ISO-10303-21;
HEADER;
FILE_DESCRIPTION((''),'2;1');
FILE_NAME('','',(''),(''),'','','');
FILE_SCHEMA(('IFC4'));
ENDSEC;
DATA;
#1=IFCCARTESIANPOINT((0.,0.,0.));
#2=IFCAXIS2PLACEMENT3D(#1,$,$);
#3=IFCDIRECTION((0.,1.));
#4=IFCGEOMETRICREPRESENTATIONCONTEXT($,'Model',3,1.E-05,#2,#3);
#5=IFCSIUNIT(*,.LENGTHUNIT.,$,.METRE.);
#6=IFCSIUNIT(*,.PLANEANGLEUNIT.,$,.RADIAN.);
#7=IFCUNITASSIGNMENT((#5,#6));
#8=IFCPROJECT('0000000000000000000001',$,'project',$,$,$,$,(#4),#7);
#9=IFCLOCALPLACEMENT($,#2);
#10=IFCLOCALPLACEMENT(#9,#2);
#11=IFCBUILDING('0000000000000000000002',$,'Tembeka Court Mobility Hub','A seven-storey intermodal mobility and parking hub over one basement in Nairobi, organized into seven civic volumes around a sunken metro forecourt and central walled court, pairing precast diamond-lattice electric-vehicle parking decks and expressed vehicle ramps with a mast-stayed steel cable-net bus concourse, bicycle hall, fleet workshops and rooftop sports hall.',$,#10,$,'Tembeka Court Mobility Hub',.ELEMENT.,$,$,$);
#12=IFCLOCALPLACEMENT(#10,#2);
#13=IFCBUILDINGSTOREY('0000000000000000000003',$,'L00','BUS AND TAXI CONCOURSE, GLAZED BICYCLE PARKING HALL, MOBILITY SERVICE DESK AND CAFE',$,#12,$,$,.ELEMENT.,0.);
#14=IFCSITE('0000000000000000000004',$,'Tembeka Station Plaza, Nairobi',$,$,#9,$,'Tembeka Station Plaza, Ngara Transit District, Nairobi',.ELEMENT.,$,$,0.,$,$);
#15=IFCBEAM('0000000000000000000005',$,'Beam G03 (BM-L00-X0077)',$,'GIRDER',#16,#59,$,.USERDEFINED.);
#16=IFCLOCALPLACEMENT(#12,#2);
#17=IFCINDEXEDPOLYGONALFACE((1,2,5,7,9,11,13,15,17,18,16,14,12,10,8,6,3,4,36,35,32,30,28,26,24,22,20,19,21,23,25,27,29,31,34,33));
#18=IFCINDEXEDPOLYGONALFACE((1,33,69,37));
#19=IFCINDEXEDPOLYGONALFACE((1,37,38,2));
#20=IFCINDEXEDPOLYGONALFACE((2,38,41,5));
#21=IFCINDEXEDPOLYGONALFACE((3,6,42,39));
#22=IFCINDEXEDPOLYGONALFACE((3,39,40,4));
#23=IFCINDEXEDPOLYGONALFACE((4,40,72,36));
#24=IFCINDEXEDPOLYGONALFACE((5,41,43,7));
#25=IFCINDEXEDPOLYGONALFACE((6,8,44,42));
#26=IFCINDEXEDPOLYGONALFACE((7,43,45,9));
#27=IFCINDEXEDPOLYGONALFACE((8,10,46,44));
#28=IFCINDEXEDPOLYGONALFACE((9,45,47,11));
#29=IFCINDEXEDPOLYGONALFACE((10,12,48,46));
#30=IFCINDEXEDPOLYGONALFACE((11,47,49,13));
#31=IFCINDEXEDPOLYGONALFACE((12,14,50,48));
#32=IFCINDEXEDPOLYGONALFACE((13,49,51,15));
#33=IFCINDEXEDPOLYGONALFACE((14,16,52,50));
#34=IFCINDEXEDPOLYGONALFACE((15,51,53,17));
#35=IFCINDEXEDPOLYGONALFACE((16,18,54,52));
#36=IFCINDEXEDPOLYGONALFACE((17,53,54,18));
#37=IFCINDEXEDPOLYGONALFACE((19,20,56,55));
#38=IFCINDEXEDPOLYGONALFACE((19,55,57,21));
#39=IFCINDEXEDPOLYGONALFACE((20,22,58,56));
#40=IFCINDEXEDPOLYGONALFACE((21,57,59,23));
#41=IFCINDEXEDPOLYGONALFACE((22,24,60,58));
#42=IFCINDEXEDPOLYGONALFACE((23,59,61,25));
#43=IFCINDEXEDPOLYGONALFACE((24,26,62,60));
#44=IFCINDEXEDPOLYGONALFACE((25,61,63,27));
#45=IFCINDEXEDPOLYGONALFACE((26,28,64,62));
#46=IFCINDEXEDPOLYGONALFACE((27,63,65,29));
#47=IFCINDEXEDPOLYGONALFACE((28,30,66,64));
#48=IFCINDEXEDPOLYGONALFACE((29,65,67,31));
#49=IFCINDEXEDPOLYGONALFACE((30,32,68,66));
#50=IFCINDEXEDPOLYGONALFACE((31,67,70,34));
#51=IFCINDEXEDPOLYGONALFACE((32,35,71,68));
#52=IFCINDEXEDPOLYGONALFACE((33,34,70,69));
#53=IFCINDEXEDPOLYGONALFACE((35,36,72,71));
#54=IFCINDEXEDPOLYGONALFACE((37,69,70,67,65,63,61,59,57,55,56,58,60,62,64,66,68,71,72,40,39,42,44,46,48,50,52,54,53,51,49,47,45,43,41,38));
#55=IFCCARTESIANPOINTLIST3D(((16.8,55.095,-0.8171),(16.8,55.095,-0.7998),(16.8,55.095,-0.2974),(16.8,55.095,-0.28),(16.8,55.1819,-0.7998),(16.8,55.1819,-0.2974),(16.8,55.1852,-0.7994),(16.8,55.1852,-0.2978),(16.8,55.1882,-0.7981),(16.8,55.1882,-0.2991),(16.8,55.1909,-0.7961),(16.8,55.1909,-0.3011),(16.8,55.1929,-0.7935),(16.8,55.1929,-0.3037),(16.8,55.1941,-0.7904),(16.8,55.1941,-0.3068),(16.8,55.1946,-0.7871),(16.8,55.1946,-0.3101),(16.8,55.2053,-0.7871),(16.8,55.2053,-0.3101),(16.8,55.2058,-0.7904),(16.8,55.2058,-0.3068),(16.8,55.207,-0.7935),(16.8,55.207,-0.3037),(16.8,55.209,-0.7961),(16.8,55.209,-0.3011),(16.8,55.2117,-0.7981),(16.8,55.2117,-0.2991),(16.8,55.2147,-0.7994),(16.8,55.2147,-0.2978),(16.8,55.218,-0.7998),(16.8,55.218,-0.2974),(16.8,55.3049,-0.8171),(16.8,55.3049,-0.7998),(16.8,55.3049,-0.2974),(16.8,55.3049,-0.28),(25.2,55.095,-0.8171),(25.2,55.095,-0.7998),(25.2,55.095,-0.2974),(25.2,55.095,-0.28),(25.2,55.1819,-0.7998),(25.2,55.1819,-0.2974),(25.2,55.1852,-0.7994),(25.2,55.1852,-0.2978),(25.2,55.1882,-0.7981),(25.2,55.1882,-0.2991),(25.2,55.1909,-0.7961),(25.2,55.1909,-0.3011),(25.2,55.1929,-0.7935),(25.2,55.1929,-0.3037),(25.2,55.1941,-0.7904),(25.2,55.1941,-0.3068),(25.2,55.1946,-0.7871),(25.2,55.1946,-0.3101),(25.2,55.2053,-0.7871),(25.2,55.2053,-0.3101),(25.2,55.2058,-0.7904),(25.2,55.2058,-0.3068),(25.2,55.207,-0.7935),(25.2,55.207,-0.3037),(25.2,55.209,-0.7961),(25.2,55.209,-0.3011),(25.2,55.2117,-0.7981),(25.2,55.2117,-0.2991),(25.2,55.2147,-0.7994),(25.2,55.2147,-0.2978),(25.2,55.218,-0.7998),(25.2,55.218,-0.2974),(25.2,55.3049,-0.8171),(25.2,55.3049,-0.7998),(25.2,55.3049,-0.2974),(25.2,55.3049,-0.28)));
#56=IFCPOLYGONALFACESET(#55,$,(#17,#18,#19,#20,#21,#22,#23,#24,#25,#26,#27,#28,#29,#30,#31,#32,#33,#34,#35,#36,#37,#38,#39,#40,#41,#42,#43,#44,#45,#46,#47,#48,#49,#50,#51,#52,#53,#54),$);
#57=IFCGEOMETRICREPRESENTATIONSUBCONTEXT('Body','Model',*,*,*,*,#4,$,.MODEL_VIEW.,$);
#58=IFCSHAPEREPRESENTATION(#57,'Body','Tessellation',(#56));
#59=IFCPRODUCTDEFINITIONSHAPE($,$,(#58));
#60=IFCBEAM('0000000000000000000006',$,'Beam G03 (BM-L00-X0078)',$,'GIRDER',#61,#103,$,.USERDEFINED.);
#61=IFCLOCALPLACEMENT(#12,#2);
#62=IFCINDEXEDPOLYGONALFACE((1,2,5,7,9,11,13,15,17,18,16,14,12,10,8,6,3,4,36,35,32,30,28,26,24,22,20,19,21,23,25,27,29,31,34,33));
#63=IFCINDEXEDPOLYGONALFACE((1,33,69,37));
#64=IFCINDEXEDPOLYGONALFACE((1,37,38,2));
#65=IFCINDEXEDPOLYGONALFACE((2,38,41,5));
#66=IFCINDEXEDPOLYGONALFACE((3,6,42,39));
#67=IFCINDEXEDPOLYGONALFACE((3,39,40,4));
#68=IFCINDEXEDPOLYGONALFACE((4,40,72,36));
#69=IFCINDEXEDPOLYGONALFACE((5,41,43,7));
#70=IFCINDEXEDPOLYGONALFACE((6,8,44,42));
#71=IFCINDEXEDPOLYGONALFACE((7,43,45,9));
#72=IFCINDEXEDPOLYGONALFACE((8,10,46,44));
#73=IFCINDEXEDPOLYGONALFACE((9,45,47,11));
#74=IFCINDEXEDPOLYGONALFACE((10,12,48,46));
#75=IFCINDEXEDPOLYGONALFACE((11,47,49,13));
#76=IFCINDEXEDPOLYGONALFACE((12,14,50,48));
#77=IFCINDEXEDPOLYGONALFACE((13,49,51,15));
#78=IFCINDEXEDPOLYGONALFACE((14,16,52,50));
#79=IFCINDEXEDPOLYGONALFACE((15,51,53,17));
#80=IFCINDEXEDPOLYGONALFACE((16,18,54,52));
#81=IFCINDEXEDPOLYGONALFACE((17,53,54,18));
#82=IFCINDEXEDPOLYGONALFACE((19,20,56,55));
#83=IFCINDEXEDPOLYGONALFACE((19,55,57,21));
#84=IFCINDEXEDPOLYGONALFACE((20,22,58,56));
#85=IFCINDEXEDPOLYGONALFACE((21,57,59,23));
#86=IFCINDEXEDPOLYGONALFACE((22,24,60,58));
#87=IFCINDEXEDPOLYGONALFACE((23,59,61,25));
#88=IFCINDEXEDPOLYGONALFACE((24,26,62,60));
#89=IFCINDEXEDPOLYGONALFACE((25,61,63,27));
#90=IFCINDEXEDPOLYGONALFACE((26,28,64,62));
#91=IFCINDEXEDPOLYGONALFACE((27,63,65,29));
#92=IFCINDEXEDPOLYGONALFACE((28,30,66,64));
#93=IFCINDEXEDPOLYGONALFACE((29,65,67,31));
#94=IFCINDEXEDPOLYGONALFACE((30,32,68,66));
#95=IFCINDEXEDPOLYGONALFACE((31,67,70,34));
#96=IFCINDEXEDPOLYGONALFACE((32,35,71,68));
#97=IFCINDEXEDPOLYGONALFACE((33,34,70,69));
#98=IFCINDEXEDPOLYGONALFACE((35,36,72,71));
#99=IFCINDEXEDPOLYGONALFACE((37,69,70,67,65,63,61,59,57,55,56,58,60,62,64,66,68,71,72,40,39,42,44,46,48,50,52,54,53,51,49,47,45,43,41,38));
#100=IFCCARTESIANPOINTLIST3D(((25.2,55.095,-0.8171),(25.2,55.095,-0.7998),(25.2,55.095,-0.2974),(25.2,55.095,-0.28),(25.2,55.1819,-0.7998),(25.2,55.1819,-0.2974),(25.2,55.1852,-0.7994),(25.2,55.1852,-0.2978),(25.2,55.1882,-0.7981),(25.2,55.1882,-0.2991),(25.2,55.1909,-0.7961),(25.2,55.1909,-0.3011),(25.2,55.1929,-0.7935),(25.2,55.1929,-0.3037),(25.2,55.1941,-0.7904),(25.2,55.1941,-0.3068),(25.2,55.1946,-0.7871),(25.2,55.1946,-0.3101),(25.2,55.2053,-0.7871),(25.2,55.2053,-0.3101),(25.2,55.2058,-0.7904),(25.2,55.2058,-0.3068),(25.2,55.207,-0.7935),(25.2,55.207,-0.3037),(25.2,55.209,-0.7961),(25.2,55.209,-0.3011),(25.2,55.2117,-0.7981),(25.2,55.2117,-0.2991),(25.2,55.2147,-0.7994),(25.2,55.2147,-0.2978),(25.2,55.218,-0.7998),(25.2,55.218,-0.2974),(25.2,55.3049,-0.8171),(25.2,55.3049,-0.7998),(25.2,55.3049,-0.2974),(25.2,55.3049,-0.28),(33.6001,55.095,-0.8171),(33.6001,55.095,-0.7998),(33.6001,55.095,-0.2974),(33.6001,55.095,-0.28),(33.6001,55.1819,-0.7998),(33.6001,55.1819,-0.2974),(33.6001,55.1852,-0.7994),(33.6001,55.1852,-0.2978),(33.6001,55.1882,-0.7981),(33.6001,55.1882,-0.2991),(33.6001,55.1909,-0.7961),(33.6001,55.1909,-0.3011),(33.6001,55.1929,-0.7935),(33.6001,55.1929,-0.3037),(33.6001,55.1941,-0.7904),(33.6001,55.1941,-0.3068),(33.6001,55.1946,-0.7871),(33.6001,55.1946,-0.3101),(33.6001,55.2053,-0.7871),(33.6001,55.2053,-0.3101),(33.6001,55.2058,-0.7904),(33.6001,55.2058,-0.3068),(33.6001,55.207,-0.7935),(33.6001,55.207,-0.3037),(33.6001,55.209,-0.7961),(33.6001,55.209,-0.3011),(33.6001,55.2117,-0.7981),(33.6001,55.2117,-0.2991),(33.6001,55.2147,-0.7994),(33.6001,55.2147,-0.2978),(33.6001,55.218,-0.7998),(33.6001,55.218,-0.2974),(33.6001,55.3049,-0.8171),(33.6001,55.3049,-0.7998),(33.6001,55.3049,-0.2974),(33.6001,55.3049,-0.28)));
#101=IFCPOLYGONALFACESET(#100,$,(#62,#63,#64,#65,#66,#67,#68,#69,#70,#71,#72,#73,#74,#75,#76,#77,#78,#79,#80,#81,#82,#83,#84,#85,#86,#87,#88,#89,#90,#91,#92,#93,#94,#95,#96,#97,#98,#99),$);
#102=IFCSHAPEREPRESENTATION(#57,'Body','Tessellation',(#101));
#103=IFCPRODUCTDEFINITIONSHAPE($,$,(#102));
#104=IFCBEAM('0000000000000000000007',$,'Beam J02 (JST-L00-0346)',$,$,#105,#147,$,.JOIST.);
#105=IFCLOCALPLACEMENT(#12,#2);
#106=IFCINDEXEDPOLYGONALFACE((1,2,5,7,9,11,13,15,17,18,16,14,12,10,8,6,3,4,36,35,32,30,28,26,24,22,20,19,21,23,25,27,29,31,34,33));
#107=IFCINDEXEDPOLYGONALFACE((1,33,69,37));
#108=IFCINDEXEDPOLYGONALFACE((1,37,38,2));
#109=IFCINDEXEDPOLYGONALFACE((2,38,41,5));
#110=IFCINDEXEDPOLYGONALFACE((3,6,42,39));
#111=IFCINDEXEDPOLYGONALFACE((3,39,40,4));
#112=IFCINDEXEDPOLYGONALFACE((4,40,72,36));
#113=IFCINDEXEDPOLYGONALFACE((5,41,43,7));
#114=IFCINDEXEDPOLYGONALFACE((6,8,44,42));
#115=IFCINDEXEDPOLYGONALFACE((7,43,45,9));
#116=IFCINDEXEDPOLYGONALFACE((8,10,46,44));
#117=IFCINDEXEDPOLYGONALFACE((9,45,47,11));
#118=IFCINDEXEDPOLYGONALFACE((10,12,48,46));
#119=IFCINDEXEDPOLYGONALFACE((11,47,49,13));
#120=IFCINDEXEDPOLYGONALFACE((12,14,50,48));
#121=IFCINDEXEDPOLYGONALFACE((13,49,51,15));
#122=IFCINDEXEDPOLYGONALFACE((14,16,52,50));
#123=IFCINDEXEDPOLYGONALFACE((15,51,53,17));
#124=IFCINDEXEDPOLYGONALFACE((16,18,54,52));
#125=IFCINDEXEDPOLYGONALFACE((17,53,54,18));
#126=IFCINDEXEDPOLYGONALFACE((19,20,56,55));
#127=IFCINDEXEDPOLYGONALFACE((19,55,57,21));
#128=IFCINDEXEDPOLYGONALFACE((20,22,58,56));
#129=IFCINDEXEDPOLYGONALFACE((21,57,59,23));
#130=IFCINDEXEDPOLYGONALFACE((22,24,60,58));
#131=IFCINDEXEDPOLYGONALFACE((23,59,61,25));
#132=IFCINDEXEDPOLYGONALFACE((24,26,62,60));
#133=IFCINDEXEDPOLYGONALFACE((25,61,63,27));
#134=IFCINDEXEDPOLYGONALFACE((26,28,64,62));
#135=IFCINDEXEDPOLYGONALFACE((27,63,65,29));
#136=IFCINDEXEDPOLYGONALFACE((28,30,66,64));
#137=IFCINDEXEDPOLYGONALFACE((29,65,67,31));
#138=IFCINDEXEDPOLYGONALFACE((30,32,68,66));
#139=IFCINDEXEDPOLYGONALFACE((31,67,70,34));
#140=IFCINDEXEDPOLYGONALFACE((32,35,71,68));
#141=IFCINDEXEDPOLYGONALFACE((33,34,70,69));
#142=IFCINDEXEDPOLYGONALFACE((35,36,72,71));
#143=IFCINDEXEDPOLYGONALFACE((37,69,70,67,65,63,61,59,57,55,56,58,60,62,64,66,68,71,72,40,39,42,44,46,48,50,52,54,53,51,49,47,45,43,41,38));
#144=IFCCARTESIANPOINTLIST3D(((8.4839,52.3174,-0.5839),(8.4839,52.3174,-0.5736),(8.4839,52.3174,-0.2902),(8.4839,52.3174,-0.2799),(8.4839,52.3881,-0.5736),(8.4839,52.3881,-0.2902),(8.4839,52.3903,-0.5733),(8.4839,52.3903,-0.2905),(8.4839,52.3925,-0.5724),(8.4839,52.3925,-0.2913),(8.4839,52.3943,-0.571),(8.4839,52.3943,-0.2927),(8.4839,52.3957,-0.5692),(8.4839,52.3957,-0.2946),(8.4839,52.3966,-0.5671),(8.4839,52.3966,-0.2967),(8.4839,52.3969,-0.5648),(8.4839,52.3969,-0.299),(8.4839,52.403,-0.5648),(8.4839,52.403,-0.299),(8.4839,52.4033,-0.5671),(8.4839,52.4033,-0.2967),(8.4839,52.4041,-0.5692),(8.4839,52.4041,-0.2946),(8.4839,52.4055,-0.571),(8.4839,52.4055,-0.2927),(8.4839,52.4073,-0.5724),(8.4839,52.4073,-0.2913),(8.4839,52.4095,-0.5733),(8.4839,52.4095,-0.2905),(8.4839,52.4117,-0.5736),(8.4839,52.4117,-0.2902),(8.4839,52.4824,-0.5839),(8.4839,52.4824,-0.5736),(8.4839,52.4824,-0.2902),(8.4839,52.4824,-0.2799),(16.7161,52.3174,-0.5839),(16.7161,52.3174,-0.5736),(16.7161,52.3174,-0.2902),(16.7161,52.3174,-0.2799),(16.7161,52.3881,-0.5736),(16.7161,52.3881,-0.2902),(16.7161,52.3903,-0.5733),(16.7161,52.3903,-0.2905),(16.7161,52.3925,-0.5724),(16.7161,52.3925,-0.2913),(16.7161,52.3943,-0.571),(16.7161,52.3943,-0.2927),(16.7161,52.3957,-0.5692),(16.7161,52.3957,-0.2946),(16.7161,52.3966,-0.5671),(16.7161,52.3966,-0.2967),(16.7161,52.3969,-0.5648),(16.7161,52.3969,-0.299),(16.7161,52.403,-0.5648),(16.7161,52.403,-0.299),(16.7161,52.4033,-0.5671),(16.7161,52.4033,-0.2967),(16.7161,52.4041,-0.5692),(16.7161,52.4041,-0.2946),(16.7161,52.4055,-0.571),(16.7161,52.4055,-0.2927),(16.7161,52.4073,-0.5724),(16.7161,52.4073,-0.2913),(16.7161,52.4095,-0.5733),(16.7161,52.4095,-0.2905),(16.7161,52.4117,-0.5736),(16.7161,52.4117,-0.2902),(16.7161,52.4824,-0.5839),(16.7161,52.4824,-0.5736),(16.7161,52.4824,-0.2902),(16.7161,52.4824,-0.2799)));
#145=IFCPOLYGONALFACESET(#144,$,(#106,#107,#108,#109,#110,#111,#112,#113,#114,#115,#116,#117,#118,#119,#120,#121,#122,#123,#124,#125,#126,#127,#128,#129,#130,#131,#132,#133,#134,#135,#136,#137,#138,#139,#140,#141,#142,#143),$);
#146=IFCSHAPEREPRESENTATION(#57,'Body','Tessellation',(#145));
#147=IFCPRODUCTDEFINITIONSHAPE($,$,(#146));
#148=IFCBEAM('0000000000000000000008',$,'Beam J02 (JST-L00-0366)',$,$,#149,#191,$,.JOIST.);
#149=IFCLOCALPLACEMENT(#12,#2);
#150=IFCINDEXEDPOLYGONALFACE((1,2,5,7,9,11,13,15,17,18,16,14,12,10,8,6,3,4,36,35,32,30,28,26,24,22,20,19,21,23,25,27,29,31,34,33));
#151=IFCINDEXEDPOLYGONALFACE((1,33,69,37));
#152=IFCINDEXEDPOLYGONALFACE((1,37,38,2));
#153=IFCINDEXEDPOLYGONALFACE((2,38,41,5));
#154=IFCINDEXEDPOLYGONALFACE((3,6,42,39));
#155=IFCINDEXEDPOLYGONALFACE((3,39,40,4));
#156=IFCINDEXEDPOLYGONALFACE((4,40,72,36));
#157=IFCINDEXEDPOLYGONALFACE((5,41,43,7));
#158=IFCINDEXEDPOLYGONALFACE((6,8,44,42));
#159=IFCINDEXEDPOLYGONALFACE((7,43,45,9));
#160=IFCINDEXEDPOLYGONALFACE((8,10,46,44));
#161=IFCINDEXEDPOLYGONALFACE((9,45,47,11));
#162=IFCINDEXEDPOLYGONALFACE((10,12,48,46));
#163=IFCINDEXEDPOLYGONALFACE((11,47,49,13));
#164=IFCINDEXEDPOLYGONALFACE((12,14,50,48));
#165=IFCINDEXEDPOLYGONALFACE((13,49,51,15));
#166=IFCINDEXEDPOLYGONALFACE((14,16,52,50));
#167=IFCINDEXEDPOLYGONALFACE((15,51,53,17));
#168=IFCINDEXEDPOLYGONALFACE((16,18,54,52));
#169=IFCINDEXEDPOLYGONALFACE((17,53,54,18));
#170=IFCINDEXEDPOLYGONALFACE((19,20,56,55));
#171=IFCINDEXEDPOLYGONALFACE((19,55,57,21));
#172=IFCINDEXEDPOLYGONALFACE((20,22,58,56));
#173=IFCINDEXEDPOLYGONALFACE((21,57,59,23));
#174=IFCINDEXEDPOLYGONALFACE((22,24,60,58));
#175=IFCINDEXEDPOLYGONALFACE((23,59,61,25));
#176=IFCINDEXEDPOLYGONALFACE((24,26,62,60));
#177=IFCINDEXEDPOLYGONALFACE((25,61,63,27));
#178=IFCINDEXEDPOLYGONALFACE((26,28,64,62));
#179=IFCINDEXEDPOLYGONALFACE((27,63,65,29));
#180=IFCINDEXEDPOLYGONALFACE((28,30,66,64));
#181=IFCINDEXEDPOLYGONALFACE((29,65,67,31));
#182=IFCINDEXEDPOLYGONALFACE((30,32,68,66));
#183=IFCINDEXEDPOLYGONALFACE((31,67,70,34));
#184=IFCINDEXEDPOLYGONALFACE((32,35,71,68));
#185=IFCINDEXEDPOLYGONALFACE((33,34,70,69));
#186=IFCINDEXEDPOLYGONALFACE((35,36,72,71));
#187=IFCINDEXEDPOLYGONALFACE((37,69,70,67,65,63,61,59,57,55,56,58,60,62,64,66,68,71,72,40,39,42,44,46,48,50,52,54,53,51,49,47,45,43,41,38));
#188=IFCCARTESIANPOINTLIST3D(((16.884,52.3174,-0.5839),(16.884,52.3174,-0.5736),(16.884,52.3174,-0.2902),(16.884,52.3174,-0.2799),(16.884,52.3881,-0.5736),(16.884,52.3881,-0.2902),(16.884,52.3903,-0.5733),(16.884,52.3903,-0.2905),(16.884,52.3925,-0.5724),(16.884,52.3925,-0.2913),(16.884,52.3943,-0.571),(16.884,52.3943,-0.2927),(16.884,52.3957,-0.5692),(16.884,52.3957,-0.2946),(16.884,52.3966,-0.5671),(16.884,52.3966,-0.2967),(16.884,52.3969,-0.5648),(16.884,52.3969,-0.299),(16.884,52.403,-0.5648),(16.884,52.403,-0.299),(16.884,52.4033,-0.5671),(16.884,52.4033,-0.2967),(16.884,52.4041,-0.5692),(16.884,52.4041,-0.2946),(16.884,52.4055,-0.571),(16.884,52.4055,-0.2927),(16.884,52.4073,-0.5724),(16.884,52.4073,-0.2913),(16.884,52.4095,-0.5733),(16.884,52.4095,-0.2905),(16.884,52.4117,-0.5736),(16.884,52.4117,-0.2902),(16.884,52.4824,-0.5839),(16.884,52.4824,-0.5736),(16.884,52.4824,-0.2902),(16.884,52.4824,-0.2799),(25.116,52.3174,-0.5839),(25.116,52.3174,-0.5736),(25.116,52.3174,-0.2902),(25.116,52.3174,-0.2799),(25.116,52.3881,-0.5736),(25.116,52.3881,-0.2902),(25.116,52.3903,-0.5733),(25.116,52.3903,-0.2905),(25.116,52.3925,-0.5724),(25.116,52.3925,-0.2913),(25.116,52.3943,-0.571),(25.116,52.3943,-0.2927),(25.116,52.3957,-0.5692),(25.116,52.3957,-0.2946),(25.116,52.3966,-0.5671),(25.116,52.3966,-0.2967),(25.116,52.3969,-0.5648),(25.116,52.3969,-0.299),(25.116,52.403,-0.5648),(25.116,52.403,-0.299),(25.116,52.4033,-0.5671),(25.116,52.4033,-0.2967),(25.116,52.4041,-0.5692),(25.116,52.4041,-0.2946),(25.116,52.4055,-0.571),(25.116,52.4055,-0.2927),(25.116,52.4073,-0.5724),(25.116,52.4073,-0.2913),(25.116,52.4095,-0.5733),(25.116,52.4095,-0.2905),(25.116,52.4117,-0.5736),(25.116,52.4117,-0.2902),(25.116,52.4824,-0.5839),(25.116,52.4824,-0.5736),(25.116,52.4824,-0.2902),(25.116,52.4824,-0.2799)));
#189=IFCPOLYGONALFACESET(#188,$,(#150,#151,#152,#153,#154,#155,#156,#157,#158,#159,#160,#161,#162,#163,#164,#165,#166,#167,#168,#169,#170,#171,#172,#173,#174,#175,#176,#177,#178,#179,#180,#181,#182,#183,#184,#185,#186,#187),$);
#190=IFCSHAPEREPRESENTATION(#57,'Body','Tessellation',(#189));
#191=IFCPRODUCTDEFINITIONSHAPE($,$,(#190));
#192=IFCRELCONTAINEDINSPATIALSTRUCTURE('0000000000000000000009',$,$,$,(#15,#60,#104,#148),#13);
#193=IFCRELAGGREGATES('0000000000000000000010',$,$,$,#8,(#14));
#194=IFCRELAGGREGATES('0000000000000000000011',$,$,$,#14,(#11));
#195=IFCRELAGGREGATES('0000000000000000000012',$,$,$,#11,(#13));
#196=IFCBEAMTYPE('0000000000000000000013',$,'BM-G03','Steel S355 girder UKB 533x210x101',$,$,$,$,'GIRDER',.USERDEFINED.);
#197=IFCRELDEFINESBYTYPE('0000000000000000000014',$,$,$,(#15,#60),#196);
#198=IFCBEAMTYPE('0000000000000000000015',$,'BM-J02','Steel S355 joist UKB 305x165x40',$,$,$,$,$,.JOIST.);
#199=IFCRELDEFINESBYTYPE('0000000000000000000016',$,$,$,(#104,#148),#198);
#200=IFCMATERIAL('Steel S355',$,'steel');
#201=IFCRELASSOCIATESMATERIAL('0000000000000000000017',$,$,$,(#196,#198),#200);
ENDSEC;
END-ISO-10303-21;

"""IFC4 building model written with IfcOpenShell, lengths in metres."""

from ifc_helpers import new_model, si_unit, direction, frame, origin, origin_2d, place, context, subcontext, project, spatial, i_section, extrude, material, material_profile, profile_set, type_object, element, save


model = new_model("IFC4")

# Units and contexts
model_context = context("Model", 3, precision=1e-05, world=origin(), true_north=direction((0.0, 1.0)))
body_context = subcontext(model_context, "Body", "Model", "MODEL_VIEW")
ifc_project = project(units=[si_unit("LENGTHUNIT", "METRE"), si_unit("PLANEANGLEUNIT", "RADIAN")], contexts=[model_context])

# Site, building, storey
site_placement = place(None, origin())
site = spatial("IfcSite", under=ifc_project, at=site_placement, Name="Tembeka Station Plaza, Nairobi", LongName="Tembeka Station Plaza, Ngara Transit District, Nairobi", CompositionType="ELEMENT", RefElevation=0.0)
building_placement = place(site_placement, origin())
building = spatial("IfcBuilding", under=site, at=building_placement, Name="Tembeka Court Mobility Hub", Description="A seven-storey intermodal mobility and parking hub over one basement in Nairobi, organized into seven civic volumes around a sunken metro forecourt and central walled court, pairing precast diamond-lattice electric-vehicle parking decks and expressed vehicle ramps with a mast-stayed steel cable-net bus concourse, bicycle hall, fleet workshops and rooftop sports hall.", LongName="Tembeka Court Mobility Hub", CompositionType="ELEMENT")
storey_placement = place(building_placement, origin())
storey = spatial("IfcBuildingStorey", under=building, at=storey_placement, Name="L00", Description="BUS AND TAXI CONCOURSE, GLAZED BICYCLE PARKING HALL, MOBILITY SERVICE DESK AND CAFE", CompositionType="ELEMENT", Elevation=0.0)

# Shared definitions
ifc_material_1 = material(Name="Steel S355", Category="steel")

# Beams
ifc_material_profile_1 = material_profile(ifc_material_1, i_section(OverallWidth=0.21, OverallDepth=0.5371, WebThickness=0.0107, FlangeThickness=0.0173, FilletRadius=0.0127, at=origin_2d()), Name="UKB 533x210x101")
ifc_profile_set_1 = profile_set([ifc_material_profile_1], Name="Steel S355")
beam_type_1 = type_object("IfcBeamType", Name="BM-G03", Description="Steel S355 girder UKB 533x210x101", ElementType="GIRDER", PredefinedType="USERDEFINED", material=ifc_profile_set_1)
beam_1_placement = place(storey_placement, frame((16.8, 55.2, -0.5486), z_axis=(1.0, 0.0, 0.0), x_axis=(0.0, 1.0, 0.0)))
element("IfcBeam", 1, at=beam_1_placement, inside=storey, type_object=beam_type_1, Name="Beam G03 (BM-L00-X0077)", ObjectType="GIRDER", PredefinedType="USERDEFINED", context=body_context, shape_type="SweptSolid", body=[
    extrude(i_section(OverallWidth=0.21, OverallDepth=0.5371, WebThickness=0.0107, FlangeThickness=0.0173, FilletRadius=0.0127, at=origin_2d()), origin(), (0.0, 0.0, 1.0), 8.3999),
])
beam_2_placement = place(storey_placement, frame((25.2, 55.2, -0.5486), z_axis=(1.0, 0.0, 0.0), x_axis=(0.0, 1.0, 0.0)))
element("IfcBeam", 2, at=beam_2_placement, inside=storey, type_object=beam_type_1, Name="Beam G03 (BM-L00-X0078)", ObjectType="GIRDER", PredefinedType="USERDEFINED", context=body_context, shape_type="SweptSolid", body=[
    extrude(i_section(OverallWidth=0.21, OverallDepth=0.5371, WebThickness=0.0107, FlangeThickness=0.0173, FilletRadius=0.0127, at=origin_2d()), origin(), (0.0, 0.0, 1.0), 8.4001),
])
ifc_material_profile_2 = material_profile(ifc_material_1, i_section(OverallWidth=0.165, OverallDepth=0.304, WebThickness=0.0061, FlangeThickness=0.0103, FilletRadius=0.0088, at=origin_2d()), Name="UKB 305x165x40")
ifc_profile_set_2 = profile_set([ifc_material_profile_2], Name="Steel S355")
beam_type_2 = type_object("IfcBeamType", Name="BM-J02", Description="Steel S355 joist UKB 305x165x40", PredefinedType="JOIST", material=ifc_profile_set_2)
beam_3_placement = place(storey_placement, frame((8.4839, 52.3999, -0.4319), z_axis=(1.0, 0.0, 0.0), x_axis=(0.0, 1.0, 0.0)))
element("IfcBeam", 3, at=beam_3_placement, inside=storey, type_object=beam_type_2, Name="Beam J02 (JST-L00-0346)", PredefinedType="JOIST", context=body_context, shape_type="SweptSolid", body=[
    extrude(i_section(OverallWidth=0.165, OverallDepth=0.304, WebThickness=0.0061, FlangeThickness=0.0103, FilletRadius=0.0088, at=origin_2d()), origin(), (0.0, 0.0, 1.0), 8.2322),
])
beam_4_placement = place(storey_placement, frame((16.884, 52.3999, -0.4319), z_axis=(1.0, 0.0, 0.0), x_axis=(0.0, 1.0, 0.0)))
element("IfcBeam", 4, at=beam_4_placement, inside=storey, type_object=beam_type_2, Name="Beam J02 (JST-L00-0366)", PredefinedType="JOIST", context=body_context, shape_type="SweptSolid", body=[
    extrude(i_section(OverallWidth=0.165, OverallDepth=0.304, WebThickness=0.0061, FlangeThickness=0.0103, FilletRadius=0.0088, at=origin_2d()), origin(), (0.0, 0.0, 1.0), 8.2319),
])

save(model, "model.ifc")
